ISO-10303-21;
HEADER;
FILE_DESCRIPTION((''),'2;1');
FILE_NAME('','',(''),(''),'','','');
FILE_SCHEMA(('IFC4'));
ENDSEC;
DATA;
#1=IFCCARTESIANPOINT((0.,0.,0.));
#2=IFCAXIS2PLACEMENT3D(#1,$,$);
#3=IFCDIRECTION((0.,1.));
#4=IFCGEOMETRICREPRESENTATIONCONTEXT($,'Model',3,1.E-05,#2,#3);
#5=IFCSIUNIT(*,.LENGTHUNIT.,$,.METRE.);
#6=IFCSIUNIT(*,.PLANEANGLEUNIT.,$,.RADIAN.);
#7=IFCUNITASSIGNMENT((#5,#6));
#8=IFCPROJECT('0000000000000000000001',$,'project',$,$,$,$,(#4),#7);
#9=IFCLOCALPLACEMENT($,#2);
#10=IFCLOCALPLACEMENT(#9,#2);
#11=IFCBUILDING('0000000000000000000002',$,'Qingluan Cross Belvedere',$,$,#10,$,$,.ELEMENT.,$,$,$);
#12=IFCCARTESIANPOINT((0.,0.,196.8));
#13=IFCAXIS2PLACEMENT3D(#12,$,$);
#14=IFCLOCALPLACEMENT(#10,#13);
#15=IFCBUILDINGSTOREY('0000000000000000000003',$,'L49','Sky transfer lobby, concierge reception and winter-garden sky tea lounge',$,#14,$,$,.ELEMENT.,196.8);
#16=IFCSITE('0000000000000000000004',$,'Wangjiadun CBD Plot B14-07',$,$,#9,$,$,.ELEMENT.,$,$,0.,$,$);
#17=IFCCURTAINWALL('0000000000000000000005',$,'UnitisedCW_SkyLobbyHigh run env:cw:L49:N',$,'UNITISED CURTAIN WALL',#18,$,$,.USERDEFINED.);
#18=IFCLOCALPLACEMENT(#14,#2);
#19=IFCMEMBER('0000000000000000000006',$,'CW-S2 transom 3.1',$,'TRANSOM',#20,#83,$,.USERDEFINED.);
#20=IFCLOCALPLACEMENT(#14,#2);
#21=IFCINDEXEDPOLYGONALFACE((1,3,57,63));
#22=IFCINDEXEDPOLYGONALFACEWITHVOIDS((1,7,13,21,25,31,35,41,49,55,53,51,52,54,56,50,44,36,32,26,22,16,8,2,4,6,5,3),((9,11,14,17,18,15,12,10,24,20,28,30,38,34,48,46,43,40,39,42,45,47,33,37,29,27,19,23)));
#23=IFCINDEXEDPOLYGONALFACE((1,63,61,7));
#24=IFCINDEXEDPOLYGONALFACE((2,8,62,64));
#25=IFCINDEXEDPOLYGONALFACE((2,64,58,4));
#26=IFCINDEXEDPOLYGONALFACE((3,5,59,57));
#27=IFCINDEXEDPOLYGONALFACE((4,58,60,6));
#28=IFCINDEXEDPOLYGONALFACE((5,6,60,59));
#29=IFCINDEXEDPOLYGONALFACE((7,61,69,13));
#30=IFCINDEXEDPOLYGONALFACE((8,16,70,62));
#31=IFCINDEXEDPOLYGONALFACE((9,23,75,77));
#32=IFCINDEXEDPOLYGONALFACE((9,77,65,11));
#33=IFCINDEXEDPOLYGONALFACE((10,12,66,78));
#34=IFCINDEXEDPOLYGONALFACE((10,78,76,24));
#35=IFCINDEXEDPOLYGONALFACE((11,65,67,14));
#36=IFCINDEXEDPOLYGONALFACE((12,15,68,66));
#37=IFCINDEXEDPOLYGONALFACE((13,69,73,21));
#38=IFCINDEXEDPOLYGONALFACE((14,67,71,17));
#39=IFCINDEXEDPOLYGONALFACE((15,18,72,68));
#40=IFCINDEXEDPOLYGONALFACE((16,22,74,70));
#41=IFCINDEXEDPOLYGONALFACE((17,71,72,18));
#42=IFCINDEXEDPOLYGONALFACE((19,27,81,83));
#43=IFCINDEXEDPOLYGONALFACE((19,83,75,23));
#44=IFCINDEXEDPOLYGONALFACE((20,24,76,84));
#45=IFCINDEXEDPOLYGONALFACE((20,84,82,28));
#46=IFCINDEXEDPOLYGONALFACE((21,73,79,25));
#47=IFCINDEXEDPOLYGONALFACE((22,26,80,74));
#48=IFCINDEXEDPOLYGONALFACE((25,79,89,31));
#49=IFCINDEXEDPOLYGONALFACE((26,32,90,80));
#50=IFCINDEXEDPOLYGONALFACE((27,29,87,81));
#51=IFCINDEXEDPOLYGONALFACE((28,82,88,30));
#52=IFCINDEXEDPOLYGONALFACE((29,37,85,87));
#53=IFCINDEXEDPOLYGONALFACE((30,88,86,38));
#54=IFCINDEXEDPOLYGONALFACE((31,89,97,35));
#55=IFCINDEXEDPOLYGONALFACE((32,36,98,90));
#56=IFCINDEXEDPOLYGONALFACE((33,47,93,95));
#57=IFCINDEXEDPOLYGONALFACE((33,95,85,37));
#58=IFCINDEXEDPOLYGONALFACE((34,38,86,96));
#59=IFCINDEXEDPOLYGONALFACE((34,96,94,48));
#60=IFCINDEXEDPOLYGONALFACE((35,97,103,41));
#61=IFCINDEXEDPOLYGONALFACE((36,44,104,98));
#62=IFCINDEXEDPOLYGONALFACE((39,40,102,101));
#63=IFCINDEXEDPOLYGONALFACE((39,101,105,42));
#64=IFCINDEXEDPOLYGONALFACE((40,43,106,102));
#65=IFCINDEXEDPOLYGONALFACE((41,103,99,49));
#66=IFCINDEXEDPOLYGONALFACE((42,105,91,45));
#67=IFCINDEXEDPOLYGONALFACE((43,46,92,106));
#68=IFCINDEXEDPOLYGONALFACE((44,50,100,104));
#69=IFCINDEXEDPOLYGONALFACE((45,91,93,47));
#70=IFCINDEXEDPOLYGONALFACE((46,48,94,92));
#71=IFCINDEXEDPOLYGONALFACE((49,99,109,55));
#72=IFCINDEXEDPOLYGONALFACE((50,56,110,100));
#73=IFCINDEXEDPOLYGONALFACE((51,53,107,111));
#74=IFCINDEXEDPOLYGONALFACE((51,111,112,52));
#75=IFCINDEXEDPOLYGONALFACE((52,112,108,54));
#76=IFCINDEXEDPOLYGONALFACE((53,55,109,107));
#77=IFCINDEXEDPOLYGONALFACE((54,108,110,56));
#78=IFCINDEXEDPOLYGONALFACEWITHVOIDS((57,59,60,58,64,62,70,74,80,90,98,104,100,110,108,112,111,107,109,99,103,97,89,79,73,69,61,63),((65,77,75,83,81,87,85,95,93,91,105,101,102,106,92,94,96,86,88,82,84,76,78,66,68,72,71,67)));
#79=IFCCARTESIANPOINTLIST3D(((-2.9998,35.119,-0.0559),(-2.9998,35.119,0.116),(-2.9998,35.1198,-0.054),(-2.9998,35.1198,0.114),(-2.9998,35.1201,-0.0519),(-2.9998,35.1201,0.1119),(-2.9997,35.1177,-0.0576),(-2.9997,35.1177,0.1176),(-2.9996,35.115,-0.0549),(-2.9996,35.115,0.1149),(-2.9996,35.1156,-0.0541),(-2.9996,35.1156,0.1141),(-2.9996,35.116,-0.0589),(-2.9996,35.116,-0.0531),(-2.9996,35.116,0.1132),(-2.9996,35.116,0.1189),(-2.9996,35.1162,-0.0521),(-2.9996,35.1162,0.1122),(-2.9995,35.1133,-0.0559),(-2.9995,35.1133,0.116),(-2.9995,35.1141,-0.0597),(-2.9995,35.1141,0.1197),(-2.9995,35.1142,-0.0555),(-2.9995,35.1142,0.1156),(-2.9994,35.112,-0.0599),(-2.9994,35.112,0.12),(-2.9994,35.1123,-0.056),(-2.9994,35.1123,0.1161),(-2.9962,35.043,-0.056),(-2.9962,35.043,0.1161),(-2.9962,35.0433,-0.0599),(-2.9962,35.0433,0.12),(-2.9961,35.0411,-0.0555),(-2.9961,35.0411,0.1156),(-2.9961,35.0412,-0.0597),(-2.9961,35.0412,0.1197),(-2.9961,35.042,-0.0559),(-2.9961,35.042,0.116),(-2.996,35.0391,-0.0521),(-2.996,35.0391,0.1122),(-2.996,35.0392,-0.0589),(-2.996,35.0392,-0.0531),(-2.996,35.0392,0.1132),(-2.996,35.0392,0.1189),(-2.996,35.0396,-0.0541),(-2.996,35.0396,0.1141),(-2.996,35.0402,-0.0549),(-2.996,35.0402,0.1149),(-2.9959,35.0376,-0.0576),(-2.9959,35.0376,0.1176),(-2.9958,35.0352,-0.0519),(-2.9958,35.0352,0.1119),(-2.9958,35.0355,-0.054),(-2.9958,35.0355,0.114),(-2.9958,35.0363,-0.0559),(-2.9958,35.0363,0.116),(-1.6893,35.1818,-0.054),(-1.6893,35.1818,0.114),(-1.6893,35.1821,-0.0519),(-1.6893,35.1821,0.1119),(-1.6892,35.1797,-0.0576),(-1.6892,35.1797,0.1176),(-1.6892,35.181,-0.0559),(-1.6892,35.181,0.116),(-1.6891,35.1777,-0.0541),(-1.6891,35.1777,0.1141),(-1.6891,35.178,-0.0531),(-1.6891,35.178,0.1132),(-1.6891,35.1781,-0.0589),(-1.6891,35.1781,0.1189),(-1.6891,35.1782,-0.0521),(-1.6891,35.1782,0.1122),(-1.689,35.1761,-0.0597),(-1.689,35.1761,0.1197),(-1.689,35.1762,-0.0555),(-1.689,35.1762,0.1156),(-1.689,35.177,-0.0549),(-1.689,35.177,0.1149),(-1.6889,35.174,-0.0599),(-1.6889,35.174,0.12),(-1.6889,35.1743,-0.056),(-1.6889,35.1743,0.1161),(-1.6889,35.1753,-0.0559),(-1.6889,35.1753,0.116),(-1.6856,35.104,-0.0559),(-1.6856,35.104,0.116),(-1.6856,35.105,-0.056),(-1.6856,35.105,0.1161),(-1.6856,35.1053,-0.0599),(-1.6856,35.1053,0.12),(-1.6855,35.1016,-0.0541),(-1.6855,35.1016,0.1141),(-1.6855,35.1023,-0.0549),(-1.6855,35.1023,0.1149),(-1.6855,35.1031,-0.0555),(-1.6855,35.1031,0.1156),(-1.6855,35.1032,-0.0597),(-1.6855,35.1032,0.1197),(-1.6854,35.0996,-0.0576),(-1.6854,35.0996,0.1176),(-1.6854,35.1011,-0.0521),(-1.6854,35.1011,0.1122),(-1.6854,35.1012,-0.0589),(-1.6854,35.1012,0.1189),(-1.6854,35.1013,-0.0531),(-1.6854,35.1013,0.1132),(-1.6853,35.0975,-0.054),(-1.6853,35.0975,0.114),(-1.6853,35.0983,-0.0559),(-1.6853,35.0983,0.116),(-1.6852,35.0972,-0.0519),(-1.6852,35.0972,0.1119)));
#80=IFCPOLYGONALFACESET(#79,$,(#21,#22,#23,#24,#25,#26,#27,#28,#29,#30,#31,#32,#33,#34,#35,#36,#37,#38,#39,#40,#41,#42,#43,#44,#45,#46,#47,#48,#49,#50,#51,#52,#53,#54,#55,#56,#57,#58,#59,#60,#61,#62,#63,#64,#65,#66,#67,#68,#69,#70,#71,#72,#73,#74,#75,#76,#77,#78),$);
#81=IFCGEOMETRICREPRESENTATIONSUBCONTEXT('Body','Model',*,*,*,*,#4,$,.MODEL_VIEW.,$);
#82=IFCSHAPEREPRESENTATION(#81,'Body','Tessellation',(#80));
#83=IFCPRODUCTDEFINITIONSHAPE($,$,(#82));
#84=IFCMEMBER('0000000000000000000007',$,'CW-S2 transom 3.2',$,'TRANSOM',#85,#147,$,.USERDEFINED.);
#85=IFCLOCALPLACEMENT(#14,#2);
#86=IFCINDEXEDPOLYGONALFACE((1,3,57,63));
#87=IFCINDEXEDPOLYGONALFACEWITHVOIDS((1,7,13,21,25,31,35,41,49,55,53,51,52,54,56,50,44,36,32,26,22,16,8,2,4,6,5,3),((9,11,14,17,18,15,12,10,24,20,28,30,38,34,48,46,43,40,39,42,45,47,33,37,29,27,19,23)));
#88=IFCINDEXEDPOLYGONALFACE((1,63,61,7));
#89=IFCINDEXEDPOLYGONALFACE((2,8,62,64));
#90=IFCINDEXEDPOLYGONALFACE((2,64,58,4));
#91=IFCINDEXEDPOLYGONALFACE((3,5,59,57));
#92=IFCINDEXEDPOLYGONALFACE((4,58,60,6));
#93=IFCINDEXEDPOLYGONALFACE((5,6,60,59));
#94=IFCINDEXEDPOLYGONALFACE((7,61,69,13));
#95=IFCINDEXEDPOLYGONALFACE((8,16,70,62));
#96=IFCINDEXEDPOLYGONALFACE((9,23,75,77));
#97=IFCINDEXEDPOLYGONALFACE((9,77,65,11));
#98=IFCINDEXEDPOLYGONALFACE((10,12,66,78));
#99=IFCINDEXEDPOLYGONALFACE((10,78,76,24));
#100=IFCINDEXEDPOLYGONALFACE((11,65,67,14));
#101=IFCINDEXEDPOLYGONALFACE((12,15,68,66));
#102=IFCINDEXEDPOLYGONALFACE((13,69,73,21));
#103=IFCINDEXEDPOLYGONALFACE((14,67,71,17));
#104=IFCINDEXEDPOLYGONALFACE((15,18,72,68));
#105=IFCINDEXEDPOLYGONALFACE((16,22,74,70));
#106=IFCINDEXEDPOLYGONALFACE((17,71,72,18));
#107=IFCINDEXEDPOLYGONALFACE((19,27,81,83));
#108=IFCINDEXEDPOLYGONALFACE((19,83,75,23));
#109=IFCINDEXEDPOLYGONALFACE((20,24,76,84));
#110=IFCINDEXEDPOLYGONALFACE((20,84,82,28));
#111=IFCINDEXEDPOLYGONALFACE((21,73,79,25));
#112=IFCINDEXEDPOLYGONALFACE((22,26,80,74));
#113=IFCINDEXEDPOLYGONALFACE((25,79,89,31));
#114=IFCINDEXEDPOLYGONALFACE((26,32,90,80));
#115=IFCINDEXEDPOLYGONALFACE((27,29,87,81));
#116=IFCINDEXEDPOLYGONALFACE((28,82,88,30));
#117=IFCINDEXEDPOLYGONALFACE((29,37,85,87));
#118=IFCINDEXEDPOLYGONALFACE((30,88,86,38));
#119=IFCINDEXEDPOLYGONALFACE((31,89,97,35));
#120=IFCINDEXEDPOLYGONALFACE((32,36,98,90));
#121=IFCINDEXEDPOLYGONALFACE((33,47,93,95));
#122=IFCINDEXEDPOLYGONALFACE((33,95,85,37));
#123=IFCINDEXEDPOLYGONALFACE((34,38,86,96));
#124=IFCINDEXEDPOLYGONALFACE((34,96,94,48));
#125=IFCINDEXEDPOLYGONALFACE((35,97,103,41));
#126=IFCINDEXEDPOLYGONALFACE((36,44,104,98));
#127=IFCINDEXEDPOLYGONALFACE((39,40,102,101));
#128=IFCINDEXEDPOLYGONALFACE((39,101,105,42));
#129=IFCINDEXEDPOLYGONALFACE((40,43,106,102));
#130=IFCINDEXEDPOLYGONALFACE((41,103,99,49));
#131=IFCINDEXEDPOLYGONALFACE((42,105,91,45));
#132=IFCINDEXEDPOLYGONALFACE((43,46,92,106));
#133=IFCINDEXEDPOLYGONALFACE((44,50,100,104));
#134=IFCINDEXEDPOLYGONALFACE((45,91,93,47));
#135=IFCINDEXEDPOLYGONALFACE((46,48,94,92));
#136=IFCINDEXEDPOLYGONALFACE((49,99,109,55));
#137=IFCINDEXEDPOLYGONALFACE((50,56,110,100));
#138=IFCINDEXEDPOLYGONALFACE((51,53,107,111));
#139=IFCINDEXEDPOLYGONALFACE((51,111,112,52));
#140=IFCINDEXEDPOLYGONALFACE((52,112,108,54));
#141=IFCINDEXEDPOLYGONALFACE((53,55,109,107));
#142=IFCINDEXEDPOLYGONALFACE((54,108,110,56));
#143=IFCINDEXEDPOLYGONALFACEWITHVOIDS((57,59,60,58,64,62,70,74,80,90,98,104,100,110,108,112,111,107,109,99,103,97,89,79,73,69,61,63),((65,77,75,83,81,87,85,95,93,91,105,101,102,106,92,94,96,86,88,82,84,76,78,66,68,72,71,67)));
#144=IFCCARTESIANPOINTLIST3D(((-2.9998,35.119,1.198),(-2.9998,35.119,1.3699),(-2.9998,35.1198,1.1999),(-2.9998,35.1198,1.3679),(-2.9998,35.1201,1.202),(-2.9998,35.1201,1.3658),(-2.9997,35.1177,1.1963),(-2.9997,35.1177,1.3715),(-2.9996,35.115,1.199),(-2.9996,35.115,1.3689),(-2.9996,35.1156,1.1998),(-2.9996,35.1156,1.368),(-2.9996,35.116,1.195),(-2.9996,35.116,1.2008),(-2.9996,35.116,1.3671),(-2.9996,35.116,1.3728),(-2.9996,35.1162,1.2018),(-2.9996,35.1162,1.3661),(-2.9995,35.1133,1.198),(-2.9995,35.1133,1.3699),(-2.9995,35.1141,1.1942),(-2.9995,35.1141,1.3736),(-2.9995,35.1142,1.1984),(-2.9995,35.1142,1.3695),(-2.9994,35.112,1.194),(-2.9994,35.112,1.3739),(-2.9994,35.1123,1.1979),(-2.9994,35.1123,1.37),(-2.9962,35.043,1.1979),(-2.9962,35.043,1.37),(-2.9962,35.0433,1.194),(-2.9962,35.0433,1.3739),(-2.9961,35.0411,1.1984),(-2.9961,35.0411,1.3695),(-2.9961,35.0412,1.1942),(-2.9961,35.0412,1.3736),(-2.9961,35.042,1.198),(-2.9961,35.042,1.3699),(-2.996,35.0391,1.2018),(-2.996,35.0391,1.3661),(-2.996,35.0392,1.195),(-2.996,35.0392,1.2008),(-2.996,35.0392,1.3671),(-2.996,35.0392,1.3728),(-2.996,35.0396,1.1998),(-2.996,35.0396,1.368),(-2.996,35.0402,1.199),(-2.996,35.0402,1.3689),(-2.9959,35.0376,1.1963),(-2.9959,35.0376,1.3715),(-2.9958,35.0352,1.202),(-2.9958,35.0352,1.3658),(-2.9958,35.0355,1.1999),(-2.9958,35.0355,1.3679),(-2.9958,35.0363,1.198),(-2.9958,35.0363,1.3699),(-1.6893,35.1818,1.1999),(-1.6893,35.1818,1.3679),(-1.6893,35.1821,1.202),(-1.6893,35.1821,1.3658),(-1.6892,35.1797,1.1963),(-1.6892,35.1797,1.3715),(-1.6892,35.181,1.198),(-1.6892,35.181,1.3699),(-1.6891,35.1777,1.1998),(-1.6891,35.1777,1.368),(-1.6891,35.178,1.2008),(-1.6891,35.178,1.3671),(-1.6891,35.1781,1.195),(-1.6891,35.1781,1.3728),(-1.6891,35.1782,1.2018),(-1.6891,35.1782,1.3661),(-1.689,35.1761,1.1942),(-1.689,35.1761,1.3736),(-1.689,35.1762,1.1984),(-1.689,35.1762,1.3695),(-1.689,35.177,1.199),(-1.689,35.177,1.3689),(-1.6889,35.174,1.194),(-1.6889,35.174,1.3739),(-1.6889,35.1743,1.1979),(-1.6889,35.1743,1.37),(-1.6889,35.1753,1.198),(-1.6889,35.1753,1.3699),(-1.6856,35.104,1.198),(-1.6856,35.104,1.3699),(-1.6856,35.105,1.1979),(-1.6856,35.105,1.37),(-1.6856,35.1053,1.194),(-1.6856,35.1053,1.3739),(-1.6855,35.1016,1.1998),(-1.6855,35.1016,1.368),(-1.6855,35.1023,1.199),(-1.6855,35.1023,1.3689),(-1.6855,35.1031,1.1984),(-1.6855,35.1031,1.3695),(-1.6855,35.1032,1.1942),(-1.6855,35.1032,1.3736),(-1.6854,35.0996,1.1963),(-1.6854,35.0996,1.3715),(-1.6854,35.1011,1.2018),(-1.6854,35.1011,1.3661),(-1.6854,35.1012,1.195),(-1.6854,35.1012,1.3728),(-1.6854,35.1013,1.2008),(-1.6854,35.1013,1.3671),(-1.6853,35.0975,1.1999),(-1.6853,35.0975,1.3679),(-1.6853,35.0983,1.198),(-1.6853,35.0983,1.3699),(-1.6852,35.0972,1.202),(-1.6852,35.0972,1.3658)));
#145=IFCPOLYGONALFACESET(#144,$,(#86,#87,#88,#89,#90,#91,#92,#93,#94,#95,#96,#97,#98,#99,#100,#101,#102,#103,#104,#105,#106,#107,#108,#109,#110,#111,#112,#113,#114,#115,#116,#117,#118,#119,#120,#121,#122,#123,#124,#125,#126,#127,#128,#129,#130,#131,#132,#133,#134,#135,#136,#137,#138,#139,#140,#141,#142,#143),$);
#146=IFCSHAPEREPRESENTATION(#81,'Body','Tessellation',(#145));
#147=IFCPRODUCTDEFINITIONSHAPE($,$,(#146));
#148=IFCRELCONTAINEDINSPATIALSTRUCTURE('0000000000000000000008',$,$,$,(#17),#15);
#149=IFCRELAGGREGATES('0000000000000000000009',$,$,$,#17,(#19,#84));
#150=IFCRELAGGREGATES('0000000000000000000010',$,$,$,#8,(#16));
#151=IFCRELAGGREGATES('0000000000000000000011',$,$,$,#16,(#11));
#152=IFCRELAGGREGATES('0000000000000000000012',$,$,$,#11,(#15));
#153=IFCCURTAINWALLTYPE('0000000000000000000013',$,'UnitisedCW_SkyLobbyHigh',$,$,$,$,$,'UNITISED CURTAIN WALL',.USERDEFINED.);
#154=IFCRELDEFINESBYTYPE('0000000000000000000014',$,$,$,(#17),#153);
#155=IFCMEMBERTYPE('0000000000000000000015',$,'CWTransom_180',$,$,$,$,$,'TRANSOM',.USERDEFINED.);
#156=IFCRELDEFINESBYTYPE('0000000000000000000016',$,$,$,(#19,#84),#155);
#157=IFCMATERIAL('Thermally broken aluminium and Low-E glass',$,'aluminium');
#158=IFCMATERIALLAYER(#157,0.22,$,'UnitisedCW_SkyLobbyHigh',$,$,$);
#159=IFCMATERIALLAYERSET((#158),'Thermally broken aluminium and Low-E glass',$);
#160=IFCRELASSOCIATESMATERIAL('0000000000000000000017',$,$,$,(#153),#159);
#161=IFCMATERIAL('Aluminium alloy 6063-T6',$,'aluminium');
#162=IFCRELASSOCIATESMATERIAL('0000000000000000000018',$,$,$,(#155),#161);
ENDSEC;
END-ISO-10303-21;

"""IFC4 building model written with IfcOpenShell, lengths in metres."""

from ifc_helpers import new_model, si_unit, direction, frame, origin, origin_2d, place, context, subcontext, project, spatial, hollow_rectangle, extrude, material, layer, layer_set, material_profile, profile_set, type_object, element, aggregate, save


model = new_model("IFC4")

# Units and contexts
model_context = context("Model", 3, precision=1e-05, world=origin(), true_north=direction((0.0, 1.0)))
body_context = subcontext(model_context, "Body", "Model", "MODEL_VIEW")
ifc_project = project(units=[si_unit("LENGTHUNIT", "METRE"), si_unit("PLANEANGLEUNIT", "RADIAN")], contexts=[model_context])

# Site, building, storey
site_placement = place(None, origin())
site = spatial("IfcSite", under=ifc_project, at=site_placement, Name="Wangjiadun CBD Plot B14-07", CompositionType="ELEMENT", RefElevation=0.0)
building_placement = place(site_placement, origin())
building = spatial("IfcBuilding", under=site, at=building_placement, Name="Qingluan Cross Belvedere", CompositionType="ELEMENT")
storey_placement = place(building_placement, frame((0.0, 0.0, 196.8)))
storey = spatial("IfcBuildingStorey", under=building, at=storey_placement, Name="L49", Description="Sky transfer lobby, concierge reception and winter-garden sky tea lounge", CompositionType="ELEMENT", Elevation=196.8)

# Curtain wall, members
ifc_material_1 = material(Name="Thermally broken aluminium and Low-E glass", Category="aluminium")
ifc_layer_1 = layer(ifc_material_1, 0.22, Name="UnitisedCW_SkyLobbyHigh")
ifc_layer_set_1 = layer_set([ifc_layer_1], Name="Thermally broken aluminium and Low-E glass")
curtain_wall_type = type_object("IfcCurtainWallType", Name="UnitisedCW_SkyLobbyHigh", ElementType="UNITISED CURTAIN WALL", PredefinedType="USERDEFINED", material=ifc_layer_set_1)
curtain_wall_placement = place(storey_placement, origin())
curtain_wall = element("IfcCurtainWall", 1, at=curtain_wall_placement, inside=storey, type_object=curtain_wall_type, Name="UnitisedCW_SkyLobbyHigh run env:cw:L49:N", ObjectType="UNITISED CURTAIN WALL", PredefinedType="USERDEFINED")
ifc_material_2 = material(Name="Aluminium alloy 6063-T6", Category="aluminium")
ifc_material_profile_1 = material_profile(ifc_material_2, hollow_rectangle(XDim=0.085, YDim=0.1799, WallThickness=0.0039, InnerFilletRadius=0.0039, OuterFilletRadius=0.0081, at=origin_2d()), Name="CWT180x85x4")
ifc_profile_set_1 = profile_set([ifc_material_profile_1], Name="Aluminium alloy 6063-T6")
member_type_1 = type_object("IfcMemberType", Name="CWTransom_180", ElementType="TRANSOM", PredefinedType="USERDEFINED", material=ifc_profile_set_1)
member_1_placement = place(storey_placement, frame((-1.6873, 35.1396, 0.03), z_axis=(-0.998882, -0.047265, 0.0), x_axis=(0.047265, -0.998882, 0.0)))
member_1 = element("IfcMember", 2, at=member_1_placement, type_object=member_type_1, Name="CW-S2 transom 3.1", ObjectType="TRANSOM", PredefinedType="USERDEFINED", context=body_context, shape_type="SweptSolid", body=[
    extrude(hollow_rectangle(XDim=0.085, YDim=0.1799, WallThickness=0.0039, InnerFilletRadius=0.0039, OuterFilletRadius=0.0081, at=origin_2d()), origin(), (0.0, 0.0, 1.0), 1.312),
])
member_2_placement = place(storey_placement, frame((-1.6873, 35.1396, 1.2839), z_axis=(-0.998882, -0.047265, 0.0), x_axis=(0.047265, -0.998882, 0.0)))
member_2 = element("IfcMember", 3, at=member_2_placement, type_object=member_type_1, Name="CW-S2 transom 3.2", ObjectType="TRANSOM", PredefinedType="USERDEFINED", context=body_context, shape_type="SweptSolid", body=[
    extrude(hollow_rectangle(XDim=0.085, YDim=0.1799, WallThickness=0.0039, InnerFilletRadius=0.0039, OuterFilletRadius=0.0081, at=origin_2d()), origin(), (0.0, 0.0, 1.0), 1.312),
])
aggregate(curtain_wall, [member_1, member_2])

save(model, "model.ifc")
